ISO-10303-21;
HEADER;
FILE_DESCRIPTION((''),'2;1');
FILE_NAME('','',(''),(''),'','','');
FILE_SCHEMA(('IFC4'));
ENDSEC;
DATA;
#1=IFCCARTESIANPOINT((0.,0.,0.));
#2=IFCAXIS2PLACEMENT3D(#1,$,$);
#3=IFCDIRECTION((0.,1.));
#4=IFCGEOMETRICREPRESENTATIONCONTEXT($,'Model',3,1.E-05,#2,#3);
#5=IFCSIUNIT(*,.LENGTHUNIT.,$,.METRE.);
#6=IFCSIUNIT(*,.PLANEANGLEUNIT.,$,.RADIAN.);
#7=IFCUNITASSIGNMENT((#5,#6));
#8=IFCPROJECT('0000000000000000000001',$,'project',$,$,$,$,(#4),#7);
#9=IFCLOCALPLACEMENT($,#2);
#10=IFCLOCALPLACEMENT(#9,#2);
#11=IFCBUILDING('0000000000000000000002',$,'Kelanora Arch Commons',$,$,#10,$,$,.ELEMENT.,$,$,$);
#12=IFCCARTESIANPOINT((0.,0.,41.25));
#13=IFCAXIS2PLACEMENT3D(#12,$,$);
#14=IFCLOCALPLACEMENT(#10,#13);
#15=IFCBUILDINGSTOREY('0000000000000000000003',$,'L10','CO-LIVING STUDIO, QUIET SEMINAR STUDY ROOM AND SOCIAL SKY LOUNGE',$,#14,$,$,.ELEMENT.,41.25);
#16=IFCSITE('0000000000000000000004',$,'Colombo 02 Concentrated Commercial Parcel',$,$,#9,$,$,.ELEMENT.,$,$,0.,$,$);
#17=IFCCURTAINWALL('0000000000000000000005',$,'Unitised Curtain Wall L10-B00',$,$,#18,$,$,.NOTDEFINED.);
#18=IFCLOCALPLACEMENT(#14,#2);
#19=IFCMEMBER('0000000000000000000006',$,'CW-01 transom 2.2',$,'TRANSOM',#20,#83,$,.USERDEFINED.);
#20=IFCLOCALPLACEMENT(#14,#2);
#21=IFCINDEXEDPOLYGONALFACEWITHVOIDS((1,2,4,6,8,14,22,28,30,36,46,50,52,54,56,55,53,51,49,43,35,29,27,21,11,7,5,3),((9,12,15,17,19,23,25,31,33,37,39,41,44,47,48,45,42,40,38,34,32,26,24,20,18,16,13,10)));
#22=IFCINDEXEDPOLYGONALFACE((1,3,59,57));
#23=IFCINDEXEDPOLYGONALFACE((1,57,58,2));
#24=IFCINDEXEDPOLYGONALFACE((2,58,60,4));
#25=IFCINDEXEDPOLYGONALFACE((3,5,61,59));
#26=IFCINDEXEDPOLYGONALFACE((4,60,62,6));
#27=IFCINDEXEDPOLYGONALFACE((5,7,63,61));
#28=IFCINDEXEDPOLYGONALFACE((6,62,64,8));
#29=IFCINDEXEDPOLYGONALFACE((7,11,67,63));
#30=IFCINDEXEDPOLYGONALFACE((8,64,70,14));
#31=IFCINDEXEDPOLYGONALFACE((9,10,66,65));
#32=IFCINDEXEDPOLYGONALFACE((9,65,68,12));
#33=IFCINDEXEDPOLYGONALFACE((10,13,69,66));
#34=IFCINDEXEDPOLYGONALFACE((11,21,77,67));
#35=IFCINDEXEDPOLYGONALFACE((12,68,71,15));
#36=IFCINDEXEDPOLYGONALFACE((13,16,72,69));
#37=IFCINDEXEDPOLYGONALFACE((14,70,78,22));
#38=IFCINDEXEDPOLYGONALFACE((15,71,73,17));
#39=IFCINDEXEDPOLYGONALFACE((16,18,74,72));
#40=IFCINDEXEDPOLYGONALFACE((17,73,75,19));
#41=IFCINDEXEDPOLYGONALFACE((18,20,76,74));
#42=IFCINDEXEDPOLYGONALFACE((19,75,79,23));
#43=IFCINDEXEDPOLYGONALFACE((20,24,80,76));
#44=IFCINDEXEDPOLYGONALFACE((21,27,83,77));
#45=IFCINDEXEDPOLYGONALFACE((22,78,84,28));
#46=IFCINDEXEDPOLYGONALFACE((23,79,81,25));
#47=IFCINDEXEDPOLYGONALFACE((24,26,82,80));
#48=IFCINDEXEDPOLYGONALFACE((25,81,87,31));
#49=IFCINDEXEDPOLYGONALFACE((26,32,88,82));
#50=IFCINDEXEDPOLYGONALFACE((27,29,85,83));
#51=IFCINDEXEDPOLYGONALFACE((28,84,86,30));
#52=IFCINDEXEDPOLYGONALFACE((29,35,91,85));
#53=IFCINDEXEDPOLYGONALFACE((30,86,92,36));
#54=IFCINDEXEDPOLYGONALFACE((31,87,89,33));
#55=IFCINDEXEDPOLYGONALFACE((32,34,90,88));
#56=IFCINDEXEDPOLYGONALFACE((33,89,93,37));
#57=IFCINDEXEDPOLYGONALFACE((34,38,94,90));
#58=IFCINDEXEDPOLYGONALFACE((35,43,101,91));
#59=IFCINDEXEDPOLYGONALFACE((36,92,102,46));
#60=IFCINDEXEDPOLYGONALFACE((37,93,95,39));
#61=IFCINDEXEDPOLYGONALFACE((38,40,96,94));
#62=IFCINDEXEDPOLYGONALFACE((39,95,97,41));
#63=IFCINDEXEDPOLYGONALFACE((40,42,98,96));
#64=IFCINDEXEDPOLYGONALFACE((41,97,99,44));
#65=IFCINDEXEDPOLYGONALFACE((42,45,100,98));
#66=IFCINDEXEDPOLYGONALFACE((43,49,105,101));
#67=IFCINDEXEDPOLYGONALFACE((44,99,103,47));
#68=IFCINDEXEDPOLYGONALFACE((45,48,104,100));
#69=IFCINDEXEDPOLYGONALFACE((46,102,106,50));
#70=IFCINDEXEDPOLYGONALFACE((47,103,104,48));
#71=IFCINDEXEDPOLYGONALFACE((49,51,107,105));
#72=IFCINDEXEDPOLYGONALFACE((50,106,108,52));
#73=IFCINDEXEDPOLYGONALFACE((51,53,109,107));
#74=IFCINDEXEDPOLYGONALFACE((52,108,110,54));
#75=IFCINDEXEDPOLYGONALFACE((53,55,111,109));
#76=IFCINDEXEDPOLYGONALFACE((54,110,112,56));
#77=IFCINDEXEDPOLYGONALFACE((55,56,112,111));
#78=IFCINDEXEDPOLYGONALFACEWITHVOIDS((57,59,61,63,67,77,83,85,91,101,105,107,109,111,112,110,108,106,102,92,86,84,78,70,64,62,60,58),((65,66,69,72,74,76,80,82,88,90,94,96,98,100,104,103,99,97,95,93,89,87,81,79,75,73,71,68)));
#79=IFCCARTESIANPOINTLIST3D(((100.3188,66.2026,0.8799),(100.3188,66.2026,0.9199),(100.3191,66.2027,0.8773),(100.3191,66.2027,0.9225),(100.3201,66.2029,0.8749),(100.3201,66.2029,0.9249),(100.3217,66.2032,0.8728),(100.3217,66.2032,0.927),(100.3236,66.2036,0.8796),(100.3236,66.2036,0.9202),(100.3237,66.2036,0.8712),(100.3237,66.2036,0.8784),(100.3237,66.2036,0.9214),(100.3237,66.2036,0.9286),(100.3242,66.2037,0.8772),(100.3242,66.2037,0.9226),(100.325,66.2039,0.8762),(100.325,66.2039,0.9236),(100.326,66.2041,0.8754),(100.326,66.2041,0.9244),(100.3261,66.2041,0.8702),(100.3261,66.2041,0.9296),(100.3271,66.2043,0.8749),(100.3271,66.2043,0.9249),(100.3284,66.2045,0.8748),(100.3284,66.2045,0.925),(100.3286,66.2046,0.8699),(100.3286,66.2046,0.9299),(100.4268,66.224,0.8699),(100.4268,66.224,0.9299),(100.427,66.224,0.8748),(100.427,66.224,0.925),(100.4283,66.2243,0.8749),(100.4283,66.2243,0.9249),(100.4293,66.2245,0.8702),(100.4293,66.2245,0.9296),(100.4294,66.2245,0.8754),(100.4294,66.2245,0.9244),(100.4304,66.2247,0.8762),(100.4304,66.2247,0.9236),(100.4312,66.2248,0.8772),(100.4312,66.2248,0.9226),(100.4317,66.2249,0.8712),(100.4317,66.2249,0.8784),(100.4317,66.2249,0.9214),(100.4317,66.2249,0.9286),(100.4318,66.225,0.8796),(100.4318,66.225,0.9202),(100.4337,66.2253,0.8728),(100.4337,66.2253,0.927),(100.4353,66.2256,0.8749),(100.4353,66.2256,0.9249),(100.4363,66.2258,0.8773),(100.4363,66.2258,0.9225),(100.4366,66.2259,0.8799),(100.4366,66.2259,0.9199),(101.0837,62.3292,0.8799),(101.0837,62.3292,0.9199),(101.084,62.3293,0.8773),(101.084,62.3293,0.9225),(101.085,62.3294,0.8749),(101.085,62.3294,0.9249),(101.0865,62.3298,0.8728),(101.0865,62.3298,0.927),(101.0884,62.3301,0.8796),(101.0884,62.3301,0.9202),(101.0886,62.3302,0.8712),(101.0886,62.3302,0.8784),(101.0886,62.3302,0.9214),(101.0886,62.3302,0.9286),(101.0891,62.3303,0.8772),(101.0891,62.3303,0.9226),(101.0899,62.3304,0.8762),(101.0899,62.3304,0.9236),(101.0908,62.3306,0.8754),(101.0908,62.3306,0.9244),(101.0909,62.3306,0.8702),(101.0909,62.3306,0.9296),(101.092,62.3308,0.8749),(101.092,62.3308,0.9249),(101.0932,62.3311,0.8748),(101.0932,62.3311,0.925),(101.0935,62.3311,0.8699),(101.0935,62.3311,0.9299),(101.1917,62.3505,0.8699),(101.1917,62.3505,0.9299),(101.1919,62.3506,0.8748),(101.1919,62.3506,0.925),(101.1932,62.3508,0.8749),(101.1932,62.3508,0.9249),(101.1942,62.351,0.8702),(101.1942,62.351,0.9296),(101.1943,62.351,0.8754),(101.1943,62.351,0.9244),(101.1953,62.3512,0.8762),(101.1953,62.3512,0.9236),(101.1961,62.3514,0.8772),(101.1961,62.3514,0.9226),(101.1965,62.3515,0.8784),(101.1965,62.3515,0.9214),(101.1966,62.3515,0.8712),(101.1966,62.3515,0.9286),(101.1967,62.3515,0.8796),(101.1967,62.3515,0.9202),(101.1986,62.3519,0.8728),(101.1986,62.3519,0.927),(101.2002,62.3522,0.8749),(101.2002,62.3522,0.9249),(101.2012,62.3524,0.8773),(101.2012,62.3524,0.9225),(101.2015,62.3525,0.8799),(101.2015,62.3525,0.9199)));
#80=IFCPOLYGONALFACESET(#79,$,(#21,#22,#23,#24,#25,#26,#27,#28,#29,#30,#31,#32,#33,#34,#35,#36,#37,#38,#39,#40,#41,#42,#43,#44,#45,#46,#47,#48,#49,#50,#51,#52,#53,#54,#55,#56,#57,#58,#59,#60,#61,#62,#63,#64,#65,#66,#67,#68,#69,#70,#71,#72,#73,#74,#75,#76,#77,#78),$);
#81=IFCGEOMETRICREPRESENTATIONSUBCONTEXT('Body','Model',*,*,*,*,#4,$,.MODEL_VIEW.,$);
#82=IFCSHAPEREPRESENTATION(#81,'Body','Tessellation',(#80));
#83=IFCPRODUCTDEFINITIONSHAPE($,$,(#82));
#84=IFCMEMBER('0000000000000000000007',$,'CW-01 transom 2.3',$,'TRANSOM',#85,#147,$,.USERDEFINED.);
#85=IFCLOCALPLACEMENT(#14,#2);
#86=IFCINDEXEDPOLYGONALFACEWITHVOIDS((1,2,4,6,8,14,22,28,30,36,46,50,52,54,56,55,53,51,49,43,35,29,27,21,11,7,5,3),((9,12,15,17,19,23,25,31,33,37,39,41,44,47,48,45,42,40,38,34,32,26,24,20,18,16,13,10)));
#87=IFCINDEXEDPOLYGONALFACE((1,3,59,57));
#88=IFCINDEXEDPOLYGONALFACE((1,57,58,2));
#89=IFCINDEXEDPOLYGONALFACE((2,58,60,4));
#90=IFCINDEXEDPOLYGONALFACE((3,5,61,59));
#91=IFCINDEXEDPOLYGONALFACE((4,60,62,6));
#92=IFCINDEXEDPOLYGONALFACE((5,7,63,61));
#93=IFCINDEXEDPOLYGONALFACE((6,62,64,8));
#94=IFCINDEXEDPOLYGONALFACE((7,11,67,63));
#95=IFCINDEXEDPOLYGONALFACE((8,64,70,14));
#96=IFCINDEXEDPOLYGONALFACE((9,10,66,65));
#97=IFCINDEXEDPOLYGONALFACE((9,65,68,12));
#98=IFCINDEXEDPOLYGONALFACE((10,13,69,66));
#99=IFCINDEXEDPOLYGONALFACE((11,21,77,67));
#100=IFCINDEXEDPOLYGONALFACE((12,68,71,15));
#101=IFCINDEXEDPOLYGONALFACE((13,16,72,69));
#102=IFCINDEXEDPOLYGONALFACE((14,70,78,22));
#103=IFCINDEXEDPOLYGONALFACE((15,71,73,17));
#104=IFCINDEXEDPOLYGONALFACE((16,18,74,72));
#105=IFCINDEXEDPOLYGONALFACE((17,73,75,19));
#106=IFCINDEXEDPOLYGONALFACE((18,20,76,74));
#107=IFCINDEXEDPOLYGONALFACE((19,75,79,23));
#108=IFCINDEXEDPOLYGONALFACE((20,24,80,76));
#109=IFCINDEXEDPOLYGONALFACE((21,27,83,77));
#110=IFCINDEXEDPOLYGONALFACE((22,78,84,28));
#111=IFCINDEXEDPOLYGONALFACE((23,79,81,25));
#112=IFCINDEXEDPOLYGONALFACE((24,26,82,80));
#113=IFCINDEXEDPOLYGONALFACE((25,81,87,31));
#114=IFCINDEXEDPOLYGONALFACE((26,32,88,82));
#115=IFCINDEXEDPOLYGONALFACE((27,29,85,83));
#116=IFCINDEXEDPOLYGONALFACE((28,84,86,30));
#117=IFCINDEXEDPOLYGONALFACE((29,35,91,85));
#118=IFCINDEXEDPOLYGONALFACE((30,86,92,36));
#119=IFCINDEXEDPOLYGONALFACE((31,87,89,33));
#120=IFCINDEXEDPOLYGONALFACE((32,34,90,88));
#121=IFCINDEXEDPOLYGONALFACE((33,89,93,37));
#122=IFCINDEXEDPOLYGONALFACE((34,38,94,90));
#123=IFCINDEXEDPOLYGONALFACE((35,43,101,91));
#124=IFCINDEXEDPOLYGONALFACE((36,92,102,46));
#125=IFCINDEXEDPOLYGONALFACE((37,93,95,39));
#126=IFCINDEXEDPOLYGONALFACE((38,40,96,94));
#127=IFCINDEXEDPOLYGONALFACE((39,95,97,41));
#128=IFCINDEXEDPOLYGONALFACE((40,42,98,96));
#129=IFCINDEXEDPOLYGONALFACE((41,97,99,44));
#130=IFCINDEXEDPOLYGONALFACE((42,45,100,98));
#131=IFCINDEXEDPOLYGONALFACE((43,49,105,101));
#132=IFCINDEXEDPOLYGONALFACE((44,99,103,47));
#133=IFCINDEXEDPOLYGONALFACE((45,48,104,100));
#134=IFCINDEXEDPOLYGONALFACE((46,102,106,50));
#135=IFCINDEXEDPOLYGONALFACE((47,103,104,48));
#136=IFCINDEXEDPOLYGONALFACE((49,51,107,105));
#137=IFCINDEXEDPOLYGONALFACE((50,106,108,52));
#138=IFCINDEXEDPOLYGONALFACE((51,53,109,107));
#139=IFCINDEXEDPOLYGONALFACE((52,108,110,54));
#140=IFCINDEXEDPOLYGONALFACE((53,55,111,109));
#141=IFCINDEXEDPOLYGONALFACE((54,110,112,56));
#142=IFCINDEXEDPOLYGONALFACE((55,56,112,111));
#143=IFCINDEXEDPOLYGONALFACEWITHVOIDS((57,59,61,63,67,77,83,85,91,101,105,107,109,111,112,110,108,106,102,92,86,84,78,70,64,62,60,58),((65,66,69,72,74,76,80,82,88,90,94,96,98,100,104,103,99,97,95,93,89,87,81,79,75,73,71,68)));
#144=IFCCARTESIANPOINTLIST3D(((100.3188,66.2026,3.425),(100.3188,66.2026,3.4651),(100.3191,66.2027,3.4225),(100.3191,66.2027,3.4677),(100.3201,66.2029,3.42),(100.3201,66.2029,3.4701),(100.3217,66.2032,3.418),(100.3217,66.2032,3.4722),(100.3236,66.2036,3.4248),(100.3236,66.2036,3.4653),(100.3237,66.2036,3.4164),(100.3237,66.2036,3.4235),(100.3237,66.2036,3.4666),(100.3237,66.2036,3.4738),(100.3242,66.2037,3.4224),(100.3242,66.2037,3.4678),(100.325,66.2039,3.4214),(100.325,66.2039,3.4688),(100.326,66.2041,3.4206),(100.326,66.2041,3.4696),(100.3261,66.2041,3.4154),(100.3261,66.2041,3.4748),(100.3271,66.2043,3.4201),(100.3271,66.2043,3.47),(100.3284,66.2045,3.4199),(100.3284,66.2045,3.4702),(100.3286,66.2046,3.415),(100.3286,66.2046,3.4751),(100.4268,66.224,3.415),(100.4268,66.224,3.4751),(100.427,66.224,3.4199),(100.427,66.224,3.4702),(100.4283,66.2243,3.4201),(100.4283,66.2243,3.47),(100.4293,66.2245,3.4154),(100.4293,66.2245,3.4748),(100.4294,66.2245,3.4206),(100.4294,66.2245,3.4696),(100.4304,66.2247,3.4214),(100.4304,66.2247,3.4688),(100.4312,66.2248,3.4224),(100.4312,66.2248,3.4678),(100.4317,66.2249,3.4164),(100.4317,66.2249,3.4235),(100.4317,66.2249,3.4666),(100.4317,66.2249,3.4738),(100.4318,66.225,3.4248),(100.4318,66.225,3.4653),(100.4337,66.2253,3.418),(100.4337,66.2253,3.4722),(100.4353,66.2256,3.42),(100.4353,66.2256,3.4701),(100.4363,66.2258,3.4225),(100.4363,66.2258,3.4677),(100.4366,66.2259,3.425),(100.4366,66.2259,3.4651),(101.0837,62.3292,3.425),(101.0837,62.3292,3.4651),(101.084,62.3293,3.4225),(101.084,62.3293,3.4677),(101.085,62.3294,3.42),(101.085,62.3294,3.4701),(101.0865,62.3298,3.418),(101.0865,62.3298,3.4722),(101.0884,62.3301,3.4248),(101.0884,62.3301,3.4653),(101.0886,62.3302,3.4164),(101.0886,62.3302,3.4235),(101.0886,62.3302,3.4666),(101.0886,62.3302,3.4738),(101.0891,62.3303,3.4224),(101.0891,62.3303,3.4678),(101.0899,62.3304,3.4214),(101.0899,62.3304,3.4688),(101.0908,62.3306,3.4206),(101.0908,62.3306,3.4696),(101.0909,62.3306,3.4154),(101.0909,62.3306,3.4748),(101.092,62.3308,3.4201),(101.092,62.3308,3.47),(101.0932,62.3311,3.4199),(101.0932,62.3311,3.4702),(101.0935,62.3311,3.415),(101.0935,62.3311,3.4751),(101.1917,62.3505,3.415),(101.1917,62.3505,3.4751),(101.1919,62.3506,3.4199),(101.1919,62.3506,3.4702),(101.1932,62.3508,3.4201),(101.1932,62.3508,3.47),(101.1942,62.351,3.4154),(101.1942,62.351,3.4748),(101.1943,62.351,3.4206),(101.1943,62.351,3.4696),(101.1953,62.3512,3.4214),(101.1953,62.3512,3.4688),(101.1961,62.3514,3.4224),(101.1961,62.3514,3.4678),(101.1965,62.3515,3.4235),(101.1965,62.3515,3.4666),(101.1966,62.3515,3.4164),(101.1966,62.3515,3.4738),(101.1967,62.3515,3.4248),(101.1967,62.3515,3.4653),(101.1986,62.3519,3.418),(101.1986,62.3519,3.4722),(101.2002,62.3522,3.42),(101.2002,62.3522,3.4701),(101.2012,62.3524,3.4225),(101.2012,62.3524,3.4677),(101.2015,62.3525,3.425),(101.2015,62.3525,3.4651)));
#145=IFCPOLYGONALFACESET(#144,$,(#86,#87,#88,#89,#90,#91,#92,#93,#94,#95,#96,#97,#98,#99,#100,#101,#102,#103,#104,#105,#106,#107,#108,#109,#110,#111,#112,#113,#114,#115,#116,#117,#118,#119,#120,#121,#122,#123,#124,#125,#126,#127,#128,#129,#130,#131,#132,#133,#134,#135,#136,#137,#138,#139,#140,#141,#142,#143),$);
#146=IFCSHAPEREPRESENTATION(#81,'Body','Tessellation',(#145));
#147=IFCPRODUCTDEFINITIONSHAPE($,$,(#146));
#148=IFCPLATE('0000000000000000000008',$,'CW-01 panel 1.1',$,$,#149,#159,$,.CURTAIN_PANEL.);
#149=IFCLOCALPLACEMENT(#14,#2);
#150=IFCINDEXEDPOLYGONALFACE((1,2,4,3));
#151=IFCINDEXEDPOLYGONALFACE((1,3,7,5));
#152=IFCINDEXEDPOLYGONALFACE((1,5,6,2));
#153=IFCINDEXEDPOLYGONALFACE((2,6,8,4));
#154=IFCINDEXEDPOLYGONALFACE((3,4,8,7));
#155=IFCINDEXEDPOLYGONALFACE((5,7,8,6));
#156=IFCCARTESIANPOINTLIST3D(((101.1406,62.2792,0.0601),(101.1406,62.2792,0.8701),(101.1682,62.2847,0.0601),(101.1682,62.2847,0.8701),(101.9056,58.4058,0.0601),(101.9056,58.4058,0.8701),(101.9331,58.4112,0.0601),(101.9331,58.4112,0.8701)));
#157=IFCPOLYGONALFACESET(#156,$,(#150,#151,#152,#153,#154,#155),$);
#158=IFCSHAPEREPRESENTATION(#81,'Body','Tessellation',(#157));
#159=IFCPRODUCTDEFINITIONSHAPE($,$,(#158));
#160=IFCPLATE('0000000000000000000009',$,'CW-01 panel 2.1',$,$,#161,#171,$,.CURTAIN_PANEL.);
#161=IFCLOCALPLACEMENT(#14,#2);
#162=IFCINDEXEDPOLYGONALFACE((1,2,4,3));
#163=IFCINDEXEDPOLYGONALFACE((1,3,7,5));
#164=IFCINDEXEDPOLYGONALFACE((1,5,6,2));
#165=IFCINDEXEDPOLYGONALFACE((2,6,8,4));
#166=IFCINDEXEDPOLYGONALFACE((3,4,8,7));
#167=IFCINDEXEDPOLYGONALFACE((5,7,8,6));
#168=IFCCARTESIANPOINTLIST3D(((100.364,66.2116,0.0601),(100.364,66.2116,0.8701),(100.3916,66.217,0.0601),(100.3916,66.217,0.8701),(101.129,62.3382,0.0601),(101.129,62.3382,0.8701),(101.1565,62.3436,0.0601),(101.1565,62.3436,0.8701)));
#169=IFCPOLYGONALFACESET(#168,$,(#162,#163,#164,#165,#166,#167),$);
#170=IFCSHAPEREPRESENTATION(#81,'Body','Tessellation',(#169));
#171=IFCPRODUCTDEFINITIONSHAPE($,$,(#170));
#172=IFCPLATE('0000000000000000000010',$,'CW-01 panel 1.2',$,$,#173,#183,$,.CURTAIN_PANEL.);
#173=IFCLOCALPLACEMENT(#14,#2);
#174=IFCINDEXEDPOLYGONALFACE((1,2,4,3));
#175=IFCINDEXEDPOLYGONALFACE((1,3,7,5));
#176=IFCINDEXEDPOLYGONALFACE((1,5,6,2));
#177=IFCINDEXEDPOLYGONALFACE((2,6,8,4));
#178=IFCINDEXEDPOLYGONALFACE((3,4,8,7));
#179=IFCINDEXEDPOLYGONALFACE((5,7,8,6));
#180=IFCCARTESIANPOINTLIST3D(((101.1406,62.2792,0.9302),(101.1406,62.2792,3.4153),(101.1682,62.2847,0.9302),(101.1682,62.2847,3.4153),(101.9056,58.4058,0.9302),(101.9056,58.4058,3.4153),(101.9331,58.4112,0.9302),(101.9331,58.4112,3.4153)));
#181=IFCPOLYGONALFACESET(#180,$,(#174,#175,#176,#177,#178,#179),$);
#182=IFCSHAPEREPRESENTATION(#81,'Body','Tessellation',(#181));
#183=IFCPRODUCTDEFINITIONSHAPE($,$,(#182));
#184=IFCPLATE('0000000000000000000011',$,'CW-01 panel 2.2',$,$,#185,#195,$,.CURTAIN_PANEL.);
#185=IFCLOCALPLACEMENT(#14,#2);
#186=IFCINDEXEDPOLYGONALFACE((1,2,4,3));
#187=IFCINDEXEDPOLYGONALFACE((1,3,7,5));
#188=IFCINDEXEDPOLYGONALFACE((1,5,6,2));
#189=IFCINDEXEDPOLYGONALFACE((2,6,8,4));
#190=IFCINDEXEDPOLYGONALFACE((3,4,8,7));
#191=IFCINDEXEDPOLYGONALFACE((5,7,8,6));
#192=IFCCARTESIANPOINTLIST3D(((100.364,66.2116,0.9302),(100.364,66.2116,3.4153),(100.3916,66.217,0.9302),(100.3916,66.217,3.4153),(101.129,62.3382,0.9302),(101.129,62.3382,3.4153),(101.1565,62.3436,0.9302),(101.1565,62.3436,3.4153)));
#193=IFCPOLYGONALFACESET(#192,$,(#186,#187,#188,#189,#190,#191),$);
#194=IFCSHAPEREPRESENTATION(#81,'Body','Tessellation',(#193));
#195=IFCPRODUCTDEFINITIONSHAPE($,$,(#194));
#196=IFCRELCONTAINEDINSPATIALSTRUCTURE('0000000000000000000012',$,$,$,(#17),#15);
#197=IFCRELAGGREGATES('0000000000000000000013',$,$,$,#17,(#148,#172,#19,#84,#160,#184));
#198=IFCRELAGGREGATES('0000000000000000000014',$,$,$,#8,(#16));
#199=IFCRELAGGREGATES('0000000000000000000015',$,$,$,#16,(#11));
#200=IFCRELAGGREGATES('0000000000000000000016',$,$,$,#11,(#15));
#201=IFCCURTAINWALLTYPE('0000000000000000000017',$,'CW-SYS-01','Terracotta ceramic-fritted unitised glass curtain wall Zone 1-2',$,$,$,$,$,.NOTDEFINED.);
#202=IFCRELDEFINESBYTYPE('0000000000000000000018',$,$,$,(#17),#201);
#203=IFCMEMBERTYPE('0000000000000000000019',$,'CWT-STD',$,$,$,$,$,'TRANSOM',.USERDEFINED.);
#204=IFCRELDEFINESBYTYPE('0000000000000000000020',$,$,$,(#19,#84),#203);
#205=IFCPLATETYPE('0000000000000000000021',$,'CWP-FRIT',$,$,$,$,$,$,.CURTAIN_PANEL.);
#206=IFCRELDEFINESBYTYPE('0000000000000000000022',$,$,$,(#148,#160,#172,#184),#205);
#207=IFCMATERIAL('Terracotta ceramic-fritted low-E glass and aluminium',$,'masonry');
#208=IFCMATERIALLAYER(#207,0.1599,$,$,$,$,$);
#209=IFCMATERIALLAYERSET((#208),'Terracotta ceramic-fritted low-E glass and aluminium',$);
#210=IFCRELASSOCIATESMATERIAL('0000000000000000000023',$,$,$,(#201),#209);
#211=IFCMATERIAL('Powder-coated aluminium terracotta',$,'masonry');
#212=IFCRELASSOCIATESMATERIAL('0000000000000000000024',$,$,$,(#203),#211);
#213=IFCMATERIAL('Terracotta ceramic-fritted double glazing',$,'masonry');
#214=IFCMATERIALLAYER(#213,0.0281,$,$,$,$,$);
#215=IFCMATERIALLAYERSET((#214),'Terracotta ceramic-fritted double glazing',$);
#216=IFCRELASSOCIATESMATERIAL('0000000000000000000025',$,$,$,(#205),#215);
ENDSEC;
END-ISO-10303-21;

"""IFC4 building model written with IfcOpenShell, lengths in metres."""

from ifc_helpers import new_model, si_unit, direction, frame, origin, origin_2d, place, context, subcontext, project, spatial, rectangle, hollow_rectangle, extrude, source, transform, mapped, material, layer, layer_set, material_profile, profile_set, type_object, element, aggregate, save


model = new_model("IFC4")

# Units and contexts
model_context = context("Model", 3, precision=1e-05, world=origin(), true_north=direction((0.0, 1.0)))
body_context = subcontext(model_context, "Body", "Model", "MODEL_VIEW")
ifc_project = project(units=[si_unit("LENGTHUNIT", "METRE"), si_unit("PLANEANGLEUNIT", "RADIAN")], contexts=[model_context])

# Site, building, storey
site_placement = place(None, origin())
site = spatial("IfcSite", under=ifc_project, at=site_placement, Name="Colombo 02 Concentrated Commercial Parcel", CompositionType="ELEMENT", RefElevation=0.0)
building_placement = place(site_placement, origin())
building = spatial("IfcBuilding", under=site, at=building_placement, Name="Kelanora Arch Commons", CompositionType="ELEMENT")
storey_placement = place(building_placement, frame((0.0, 0.0, 41.25)))
storey = spatial("IfcBuildingStorey", under=building, at=storey_placement, Name="L10", Description="CO-LIVING STUDIO, QUIET SEMINAR STUDY ROOM AND SOCIAL SKY LOUNGE", CompositionType="ELEMENT", Elevation=41.25)

# Curtain wall, members, plates
ifc_material_1 = material(Name="Terracotta ceramic-fritted low-E glass and aluminium", Category="masonry")
ifc_layer_1 = layer(ifc_material_1, 0.1599)
ifc_layer_set_1 = layer_set([ifc_layer_1], Name="Terracotta ceramic-fritted low-E glass and aluminium")
curtain_wall_type = type_object("IfcCurtainWallType", Name="CW-SYS-01", Description="Terracotta ceramic-fritted unitised glass curtain wall Zone 1-2", PredefinedType="NOTDEFINED", material=ifc_layer_set_1)
curtain_wall_placement = place(storey_placement, origin())
curtain_wall = element("IfcCurtainWall", 1, at=curtain_wall_placement, inside=storey, type_object=curtain_wall_type, Name="Unitised Curtain Wall L10-B00", PredefinedType="NOTDEFINED")
ifc_material_2 = material(Name="Powder-coated aluminium terracotta", Category="masonry")
ifc_material_profile_1 = material_profile(ifc_material_2, hollow_rectangle(XDim=0.1201, YDim=0.0601, WallThickness=0.0049, InnerFilletRadius=0.0049, OuterFilletRadius=0.01, at=origin_2d()), Name="CWT120x60")
ifc_profile_set_1 = profile_set([ifc_material_profile_1], Name="Powder-coated aluminium terracotta")
member_type_1 = type_object("IfcMemberType", Name="CWT-STD", ElementType="TRANSOM", PredefinedType="USERDEFINED", material=ifc_profile_set_1)
member_1_placement = place(storey_placement, frame((101.1426, 62.3408, 0.8999), z_axis=(-0.193725, 0.981056, 0.0), x_axis=(-0.981056, -0.193725, 0.0)))
member_1 = element("IfcMember", 2, at=member_1_placement, type_object=member_type_1, Name="CW-01 transom 2.2", ObjectType="TRANSOM", PredefinedType="USERDEFINED", context=body_context, shape_type="SweptSolid", body=[
    extrude(hollow_rectangle(XDim=0.1201, YDim=0.0601, WallThickness=0.0049, InnerFilletRadius=0.0049, OuterFilletRadius=0.01, at=origin_2d()), origin(), (0.0, 0.0, 1.0), 3.9482),
])
member_2_placement = place(storey_placement, frame((101.1426, 62.3408, 3.4451), z_axis=(-0.193725, 0.981056, 0.0), x_axis=(-0.981056, -0.193725, 0.0)))
member_2 = element("IfcMember", 3, at=member_2_placement, type_object=member_type_1, Name="CW-01 transom 2.3", ObjectType="TRANSOM", PredefinedType="USERDEFINED", context=body_context, shape_type="SweptSolid", body=[
    extrude(hollow_rectangle(XDim=0.1201, YDim=0.0601, WallThickness=0.0049, InnerFilletRadius=0.0049, OuterFilletRadius=0.01, at=origin_2d()), origin(), (0.0, 0.0, 1.0), 3.9482),
])
ifc_material_3 = material(Name="Terracotta ceramic-fritted double glazing", Category="masonry")
ifc_layer_2 = layer(ifc_material_3, 0.0281)
ifc_layer_set_2 = layer_set([ifc_layer_2], Name="Terracotta ceramic-fritted double glazing")
plate_type = type_object("IfcPlateType", Name="CWP-FRIT", PredefinedType="CURTAIN_PANEL", material=ifc_layer_set_2)
shared_shape_1 = source(origin(), body_context, "Body", "SweptSolid", [
    extrude(rectangle(XDim=3.9482, YDim=0.0281, at=origin_2d()), origin(), (0.0, 0.0, 1.0), 0.8101),
])
plate_1_placement = place(storey_placement, frame((101.5369, 60.3452, 0.0601), z_axis=(0.0, 0.0, 1.0), x_axis=(-0.193744, 0.981052, 0.0)))
plate_1 = element("IfcPlate", 4, at=plate_1_placement, type_object=plate_type, Name="CW-01 panel 1.1", PredefinedType="CURTAIN_PANEL", context=body_context, shape_type="MappedRepresentation", body=[
    mapped(shared_shape_1, transform((0.0, 0.0, 0.0), scale=1.0)),
])
plate_2_placement = place(storey_placement, frame((100.7603, 64.2776, 0.0601), z_axis=(0.0, 0.0, 1.0), x_axis=(-0.193744, 0.981052, 0.0)))
plate_2 = element("IfcPlate", 5, at=plate_2_placement, type_object=plate_type, Name="CW-01 panel 2.1", PredefinedType="CURTAIN_PANEL", context=body_context, shape_type="MappedRepresentation", body=[
    mapped(shared_shape_1, transform((0.0, 0.0, 0.0), scale=1.0)),
])
shared_shape_2 = source(origin(), body_context, "Body", "SweptSolid", [
    extrude(rectangle(XDim=3.9482, YDim=0.0281, at=origin_2d()), origin(), (0.0, 0.0, 1.0), 2.4851),
])
plate_3_placement = place(storey_placement, frame((101.5369, 60.3452, 0.9302), z_axis=(0.0, 0.0, 1.0), x_axis=(-0.193744, 0.981052, 0.0)))
plate_3 = element("IfcPlate", 6, at=plate_3_placement, type_object=plate_type, Name="CW-01 panel 1.2", PredefinedType="CURTAIN_PANEL", context=body_context, shape_type="MappedRepresentation", body=[
    mapped(shared_shape_2, transform((0.0, 0.0, 0.0), scale=1.0)),
])
plate_4_placement = place(storey_placement, frame((100.7603, 64.2776, 0.9302), z_axis=(0.0, 0.0, 1.0), x_axis=(-0.193744, 0.981052, 0.0)))
plate_4 = element("IfcPlate", 7, at=plate_4_placement, type_object=plate_type, Name="CW-01 panel 2.2", PredefinedType="CURTAIN_PANEL", context=body_context, shape_type="MappedRepresentation", body=[
    mapped(shared_shape_2, transform((0.0, 0.0, 0.0), scale=1.0)),
])
aggregate(curtain_wall, [plate_1, plate_3, member_1, member_2, plate_2, plate_4])

save(model, "model.ifc")
